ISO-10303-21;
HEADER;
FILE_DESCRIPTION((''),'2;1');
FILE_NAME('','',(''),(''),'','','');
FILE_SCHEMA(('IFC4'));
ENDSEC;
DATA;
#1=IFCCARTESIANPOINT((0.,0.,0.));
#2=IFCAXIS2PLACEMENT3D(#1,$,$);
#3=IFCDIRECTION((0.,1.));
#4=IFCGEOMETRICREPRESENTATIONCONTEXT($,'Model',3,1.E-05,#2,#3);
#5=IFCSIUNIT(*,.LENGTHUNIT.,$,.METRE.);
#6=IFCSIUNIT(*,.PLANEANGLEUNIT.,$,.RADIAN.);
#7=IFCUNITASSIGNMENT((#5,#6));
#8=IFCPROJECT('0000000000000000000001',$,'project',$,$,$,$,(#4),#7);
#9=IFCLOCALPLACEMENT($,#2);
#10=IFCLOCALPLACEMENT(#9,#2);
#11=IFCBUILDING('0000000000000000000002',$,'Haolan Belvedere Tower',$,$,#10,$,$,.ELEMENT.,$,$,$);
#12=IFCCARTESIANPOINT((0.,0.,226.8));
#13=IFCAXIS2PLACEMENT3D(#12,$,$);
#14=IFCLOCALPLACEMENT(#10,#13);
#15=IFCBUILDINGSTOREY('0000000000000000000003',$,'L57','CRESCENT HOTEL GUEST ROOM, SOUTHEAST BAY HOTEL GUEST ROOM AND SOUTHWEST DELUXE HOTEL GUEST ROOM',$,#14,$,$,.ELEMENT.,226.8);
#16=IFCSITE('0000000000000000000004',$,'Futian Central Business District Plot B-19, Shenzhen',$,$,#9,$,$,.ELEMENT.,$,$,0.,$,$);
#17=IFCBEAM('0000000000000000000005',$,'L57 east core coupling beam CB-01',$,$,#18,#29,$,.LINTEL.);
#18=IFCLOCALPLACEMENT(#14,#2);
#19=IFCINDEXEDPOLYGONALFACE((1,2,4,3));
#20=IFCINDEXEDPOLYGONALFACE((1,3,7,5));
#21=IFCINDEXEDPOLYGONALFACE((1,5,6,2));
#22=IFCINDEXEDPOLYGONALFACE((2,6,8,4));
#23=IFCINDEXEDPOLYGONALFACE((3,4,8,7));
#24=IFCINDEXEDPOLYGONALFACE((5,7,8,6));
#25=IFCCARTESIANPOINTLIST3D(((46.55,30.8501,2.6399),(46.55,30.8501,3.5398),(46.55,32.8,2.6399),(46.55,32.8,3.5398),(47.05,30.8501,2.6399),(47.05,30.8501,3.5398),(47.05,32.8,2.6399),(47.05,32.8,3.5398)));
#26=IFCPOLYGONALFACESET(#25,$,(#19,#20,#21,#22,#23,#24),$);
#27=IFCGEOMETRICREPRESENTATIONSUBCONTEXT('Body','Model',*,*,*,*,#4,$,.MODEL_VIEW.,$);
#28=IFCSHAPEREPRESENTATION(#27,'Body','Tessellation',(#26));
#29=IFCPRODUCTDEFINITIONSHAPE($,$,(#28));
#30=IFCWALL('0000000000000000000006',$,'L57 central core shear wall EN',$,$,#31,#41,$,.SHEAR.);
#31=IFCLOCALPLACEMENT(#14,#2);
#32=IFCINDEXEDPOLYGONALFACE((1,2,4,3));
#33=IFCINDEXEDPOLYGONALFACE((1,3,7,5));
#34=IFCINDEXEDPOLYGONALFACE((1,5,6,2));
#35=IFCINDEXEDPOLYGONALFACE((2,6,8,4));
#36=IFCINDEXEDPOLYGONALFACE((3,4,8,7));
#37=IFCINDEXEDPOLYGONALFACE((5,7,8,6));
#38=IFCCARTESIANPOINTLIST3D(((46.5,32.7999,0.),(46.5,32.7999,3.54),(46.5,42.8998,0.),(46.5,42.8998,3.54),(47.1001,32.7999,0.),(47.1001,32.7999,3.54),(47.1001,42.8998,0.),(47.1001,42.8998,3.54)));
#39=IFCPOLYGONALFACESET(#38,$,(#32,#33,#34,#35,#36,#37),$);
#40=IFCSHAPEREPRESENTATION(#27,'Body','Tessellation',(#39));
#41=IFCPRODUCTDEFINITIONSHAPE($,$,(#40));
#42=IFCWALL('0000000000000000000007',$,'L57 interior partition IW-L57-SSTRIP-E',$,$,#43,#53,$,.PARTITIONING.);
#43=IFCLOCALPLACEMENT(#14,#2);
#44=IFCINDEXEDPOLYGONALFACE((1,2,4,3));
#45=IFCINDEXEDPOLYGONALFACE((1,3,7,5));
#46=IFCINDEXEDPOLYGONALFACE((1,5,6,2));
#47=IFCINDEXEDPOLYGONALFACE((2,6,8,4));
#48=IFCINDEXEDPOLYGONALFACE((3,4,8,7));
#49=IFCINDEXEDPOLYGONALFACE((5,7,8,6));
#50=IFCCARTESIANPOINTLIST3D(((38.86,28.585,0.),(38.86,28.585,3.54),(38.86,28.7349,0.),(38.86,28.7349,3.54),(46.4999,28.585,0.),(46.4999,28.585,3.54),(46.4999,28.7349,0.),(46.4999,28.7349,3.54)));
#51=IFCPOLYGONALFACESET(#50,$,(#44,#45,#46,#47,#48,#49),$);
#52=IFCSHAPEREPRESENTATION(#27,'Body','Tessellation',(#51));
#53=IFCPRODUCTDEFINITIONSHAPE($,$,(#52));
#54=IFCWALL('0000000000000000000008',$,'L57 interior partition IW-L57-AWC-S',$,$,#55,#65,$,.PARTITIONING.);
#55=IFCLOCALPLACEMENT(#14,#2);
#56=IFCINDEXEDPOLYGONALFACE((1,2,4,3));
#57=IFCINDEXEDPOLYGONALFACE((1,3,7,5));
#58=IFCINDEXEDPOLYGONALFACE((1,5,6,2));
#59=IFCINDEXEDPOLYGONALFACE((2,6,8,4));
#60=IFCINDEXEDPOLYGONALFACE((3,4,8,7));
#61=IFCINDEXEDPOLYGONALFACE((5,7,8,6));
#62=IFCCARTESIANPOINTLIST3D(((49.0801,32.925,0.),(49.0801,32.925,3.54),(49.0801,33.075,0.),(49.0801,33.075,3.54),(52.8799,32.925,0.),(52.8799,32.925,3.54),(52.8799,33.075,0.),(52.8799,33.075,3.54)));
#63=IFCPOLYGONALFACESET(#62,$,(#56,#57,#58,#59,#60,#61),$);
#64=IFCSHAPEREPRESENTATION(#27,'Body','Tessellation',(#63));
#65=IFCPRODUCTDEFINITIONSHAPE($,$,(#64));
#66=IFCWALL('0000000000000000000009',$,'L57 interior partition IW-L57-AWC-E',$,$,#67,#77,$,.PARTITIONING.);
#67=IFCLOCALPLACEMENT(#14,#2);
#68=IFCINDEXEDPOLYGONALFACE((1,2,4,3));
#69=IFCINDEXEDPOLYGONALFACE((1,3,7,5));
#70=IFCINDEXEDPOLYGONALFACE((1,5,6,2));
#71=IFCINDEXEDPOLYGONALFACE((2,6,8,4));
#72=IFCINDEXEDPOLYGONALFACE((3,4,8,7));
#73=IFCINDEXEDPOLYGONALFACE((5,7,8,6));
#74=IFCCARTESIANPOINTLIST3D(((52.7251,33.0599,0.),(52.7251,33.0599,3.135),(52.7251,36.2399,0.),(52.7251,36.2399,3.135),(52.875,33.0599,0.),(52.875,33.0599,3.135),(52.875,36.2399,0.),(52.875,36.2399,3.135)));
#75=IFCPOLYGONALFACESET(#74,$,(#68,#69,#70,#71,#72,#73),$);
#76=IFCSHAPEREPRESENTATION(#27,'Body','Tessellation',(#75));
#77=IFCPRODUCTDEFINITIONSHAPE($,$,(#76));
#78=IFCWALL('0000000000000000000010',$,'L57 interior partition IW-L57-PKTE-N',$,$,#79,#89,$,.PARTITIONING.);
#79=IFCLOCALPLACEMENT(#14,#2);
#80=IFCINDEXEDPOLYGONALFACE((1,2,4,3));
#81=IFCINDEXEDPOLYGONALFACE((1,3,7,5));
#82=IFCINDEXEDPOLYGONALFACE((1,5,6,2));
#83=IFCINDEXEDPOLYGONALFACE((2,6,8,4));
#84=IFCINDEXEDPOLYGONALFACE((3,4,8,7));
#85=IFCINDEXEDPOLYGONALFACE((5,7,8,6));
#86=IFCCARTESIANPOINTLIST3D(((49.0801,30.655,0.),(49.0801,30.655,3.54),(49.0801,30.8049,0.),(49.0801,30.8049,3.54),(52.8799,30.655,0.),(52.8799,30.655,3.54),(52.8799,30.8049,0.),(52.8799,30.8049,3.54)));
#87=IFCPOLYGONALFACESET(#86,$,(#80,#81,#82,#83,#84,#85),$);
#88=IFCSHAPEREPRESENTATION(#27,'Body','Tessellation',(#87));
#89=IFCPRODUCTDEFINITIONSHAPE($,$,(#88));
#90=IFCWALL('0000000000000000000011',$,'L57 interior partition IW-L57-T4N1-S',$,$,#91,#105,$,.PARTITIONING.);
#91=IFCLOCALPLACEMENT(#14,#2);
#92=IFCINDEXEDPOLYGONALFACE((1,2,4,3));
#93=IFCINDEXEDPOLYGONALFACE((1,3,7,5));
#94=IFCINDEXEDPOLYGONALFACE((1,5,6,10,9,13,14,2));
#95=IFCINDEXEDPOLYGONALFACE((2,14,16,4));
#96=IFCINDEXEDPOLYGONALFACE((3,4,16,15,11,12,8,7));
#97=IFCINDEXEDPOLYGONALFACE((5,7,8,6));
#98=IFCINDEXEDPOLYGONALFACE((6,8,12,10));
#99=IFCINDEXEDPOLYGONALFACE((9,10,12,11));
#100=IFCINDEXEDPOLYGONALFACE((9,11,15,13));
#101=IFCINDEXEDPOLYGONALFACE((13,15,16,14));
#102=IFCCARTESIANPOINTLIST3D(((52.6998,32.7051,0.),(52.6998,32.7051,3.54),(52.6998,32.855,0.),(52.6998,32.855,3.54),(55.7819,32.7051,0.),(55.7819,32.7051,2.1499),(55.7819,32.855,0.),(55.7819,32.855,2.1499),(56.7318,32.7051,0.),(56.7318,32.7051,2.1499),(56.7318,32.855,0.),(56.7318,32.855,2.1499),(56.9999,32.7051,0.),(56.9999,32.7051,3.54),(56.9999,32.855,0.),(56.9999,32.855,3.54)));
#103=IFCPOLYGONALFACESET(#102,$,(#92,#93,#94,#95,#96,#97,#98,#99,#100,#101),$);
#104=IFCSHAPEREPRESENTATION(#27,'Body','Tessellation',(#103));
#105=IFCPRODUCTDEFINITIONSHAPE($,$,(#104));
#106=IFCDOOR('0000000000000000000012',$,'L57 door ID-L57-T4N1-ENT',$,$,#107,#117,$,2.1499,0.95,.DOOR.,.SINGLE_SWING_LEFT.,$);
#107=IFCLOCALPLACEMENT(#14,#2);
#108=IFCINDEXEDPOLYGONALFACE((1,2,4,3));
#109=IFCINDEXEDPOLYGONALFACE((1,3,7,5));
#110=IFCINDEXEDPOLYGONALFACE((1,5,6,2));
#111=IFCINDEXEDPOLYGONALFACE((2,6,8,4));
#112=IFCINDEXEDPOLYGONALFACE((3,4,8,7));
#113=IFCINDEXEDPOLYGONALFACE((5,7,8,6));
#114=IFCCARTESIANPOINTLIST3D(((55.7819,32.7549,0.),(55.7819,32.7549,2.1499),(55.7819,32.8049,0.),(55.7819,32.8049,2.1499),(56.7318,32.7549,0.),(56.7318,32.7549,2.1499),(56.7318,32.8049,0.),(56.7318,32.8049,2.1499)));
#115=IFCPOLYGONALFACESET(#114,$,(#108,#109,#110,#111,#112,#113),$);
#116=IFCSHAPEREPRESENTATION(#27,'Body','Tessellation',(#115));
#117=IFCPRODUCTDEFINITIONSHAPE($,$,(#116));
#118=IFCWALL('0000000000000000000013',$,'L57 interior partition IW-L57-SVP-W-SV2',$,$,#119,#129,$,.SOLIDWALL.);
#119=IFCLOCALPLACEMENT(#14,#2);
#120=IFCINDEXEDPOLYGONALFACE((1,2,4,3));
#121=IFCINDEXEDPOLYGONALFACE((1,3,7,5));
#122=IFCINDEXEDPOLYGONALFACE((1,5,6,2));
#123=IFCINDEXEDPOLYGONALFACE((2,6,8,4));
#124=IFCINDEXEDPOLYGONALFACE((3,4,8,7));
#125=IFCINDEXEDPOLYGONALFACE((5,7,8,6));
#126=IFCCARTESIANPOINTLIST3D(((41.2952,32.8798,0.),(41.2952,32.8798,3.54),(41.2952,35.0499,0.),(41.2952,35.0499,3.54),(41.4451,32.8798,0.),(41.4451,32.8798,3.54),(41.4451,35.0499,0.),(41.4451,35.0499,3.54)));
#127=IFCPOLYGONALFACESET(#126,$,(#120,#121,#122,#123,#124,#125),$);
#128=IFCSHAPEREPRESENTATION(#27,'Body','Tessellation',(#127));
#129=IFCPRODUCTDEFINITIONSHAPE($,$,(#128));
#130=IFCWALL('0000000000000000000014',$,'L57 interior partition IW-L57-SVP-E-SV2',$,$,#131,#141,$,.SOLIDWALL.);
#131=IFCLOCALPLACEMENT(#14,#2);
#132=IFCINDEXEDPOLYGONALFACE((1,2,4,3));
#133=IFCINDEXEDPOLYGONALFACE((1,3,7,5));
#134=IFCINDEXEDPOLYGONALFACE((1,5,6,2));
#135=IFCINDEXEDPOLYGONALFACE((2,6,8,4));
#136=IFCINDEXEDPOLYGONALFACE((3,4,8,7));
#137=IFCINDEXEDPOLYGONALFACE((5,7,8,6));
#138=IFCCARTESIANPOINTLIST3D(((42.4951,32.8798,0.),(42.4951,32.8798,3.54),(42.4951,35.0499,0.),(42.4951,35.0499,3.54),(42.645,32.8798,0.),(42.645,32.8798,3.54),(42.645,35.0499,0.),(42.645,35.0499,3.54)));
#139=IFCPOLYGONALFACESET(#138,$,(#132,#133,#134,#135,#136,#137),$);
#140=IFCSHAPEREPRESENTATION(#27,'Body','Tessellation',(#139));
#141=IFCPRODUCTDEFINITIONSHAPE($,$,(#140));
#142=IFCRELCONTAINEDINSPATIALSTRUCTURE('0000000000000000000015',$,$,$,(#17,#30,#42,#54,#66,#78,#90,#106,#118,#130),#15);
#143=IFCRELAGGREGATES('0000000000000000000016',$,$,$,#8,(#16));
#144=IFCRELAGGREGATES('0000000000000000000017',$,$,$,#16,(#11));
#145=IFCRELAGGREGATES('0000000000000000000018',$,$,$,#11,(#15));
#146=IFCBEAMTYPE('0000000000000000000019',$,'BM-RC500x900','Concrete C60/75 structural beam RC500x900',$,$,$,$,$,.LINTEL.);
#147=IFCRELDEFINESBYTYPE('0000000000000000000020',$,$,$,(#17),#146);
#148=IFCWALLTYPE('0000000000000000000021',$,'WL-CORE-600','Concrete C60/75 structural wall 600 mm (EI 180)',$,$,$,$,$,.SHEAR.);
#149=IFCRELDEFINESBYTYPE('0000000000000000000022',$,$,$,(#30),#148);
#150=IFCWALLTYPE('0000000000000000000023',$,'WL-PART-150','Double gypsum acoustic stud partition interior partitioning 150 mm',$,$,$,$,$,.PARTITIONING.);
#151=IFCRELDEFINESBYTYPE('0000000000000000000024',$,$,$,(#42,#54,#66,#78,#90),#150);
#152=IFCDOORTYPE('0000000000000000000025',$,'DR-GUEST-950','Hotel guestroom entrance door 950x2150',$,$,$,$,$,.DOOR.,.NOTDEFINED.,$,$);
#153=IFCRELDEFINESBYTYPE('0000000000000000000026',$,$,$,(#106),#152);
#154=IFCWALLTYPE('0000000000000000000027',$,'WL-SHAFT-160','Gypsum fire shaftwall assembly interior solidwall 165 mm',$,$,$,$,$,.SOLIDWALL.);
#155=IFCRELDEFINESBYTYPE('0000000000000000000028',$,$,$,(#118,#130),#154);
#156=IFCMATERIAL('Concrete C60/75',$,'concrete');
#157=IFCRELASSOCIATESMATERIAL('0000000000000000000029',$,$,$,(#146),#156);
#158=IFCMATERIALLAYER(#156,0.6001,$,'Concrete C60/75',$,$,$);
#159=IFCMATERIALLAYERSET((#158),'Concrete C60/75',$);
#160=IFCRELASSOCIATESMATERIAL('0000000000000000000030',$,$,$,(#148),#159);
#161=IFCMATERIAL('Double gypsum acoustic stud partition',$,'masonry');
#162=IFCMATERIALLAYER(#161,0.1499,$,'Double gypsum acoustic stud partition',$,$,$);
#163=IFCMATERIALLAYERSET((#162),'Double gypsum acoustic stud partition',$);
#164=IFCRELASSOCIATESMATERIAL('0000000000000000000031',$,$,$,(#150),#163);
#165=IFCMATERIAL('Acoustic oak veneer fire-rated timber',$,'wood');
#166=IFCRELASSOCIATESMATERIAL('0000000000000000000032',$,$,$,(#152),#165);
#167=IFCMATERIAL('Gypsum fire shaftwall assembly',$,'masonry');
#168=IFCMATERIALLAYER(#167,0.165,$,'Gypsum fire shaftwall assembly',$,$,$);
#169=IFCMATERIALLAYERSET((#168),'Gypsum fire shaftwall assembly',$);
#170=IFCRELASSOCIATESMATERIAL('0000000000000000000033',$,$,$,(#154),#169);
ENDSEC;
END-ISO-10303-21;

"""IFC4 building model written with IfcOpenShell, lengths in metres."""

from ifc_helpers import new_model, si_unit, direction, frame, frame_2d, origin, origin_2d, place, context, subcontext, project, spatial, rectangle, extrude, material, layer, layer_set, material_profile, profile_set, type_object, element, fill, save


model = new_model("IFC4")

# Units and contexts
model_context = context("Model", 3, precision=1e-05, world=origin(), true_north=direction((0.0, 1.0)))
body_context = subcontext(model_context, "Body", "Model", "MODEL_VIEW")
ifc_project = project(units=[si_unit("LENGTHUNIT", "METRE"), si_unit("PLANEANGLEUNIT", "RADIAN")], contexts=[model_context])

# Site, building, storey
site_placement = place(None, origin())
site = spatial("IfcSite", under=ifc_project, at=site_placement, Name="Futian Central Business District Plot B-19, Shenzhen", CompositionType="ELEMENT", RefElevation=0.0)
building_placement = place(site_placement, origin())
building = spatial("IfcBuilding", under=site, at=building_placement, Name="Haolan Belvedere Tower", CompositionType="ELEMENT")
storey_placement = place(building_placement, frame((0.0, 0.0, 226.8)))
storey = spatial("IfcBuildingStorey", under=building, at=storey_placement, Name="L57", Description="CRESCENT HOTEL GUEST ROOM, SOUTHEAST BAY HOTEL GUEST ROOM AND SOUTHWEST DELUXE HOTEL GUEST ROOM", CompositionType="ELEMENT", Elevation=226.8)

# Beam
ifc_material_1 = material(Name="Concrete C60/75", Category="concrete")
ifc_material_profile_1 = material_profile(ifc_material_1, rectangle(XDim=0.5, YDim=0.8999, at=origin_2d()), Name="Concrete C60/75")
ifc_profile_set_1 = profile_set([ifc_material_profile_1], Name="Concrete C60/75")
beam_type_1 = type_object("IfcBeamType", Name="BM-RC500x900", Description="Concrete C60/75 structural beam RC500x900", PredefinedType="LINTEL", material=ifc_profile_set_1)
beam_1_placement = place(storey_placement, frame((46.8, 30.8501, 3.0898), z_axis=(0.0, 1.0, 0.0), x_axis=(-1.0, 0.0, 0.0)))
element("IfcBeam", 1, at=beam_1_placement, inside=storey, type_object=beam_type_1, Name="L57 east core coupling beam CB-01", PredefinedType="LINTEL", context=body_context, shape_type="SweptSolid", body=[
    extrude(rectangle(XDim=0.5, YDim=0.8999, at=origin_2d()), origin(), (0.0, 0.0, 1.0), 1.95),
])

# Walls
ifc_layer_1 = layer(ifc_material_1, 0.6001, Name="Concrete C60/75")
ifc_layer_set_1 = layer_set([ifc_layer_1], Name="Concrete C60/75")
wall_type_1 = type_object("IfcWallType", Name="WL-CORE-600", Description="Concrete C60/75 structural wall 600 mm (EI 180)", PredefinedType="SHEAR", material=ifc_layer_set_1)
wall_1_placement = place(storey_placement, frame((46.8, 32.8, 0.0), z_axis=(0.0, 0.0, 1.0), x_axis=(0.0, 1.0, 0.0)))
element("IfcWall", 2, at=wall_1_placement, inside=storey, type_object=wall_type_1, Name="L57 central core shear wall EN", PredefinedType="SHEAR", context=body_context, shape_type="SweptSolid", body=[
    extrude(rectangle(XDim=10.0999, YDim=0.6001, at=frame_2d((5.0498, 0.0))), origin(), (0.0, 0.0, 1.0), 3.54),
])
ifc_material_2 = material(Name="Double gypsum acoustic stud partition", Category="masonry")
ifc_layer_2 = layer(ifc_material_2, 0.1499, Name="Double gypsum acoustic stud partition")
ifc_layer_set_2 = layer_set([ifc_layer_2], Name="Double gypsum acoustic stud partition")
wall_type_2 = type_object("IfcWallType", Name="WL-PART-150", Description="Double gypsum acoustic stud partition interior partitioning 150 mm", PredefinedType="PARTITIONING", material=ifc_layer_set_2)
wall_2_placement = place(storey_placement, frame((38.8601, 28.6599, 0.0), z_axis=(0.0, 0.0, 1.0), x_axis=(1.0, 0.0, 0.0)))
element("IfcWall", 3, at=wall_2_placement, inside=storey, type_object=wall_type_2, Name="L57 interior partition IW-L57-SSTRIP-E", PredefinedType="PARTITIONING", context=body_context, shape_type="SweptSolid", body=[
    extrude(rectangle(XDim=7.6399, YDim=0.1499, at=frame_2d((3.8198, 0.0))), origin(), (0.0, 0.0, 1.0), 3.54),
])
wall_3_placement = place(storey_placement, frame((49.0801, 33.0, 0.0), z_axis=(0.0, 0.0, 1.0), x_axis=(1.0, 0.0, 0.0)))
element("IfcWall", 4, at=wall_3_placement, inside=storey, type_object=wall_type_2, Name="L57 interior partition IW-L57-AWC-S", PredefinedType="PARTITIONING", context=body_context, shape_type="SweptSolid", body=[
    extrude(rectangle(XDim=3.7998, YDim=0.1499, at=frame_2d((1.8999, 0.0))), origin(), (0.0, 0.0, 1.0), 3.54),
])

# Walls
wall_4_placement = place(storey_placement, frame((52.8, 33.0601, 0.0), z_axis=(0.0, 0.0, 1.0), x_axis=(0.0, 1.0, 0.0)))
element("IfcWall", 5, at=wall_4_placement, inside=storey, type_object=wall_type_2, Name="L57 interior partition IW-L57-AWC-E", PredefinedType="PARTITIONING", context=body_context, shape_type="SweptSolid", body=[
    extrude(rectangle(XDim=3.1799, YDim=0.1499, at=frame_2d((1.5898, 0.0))), origin(), (0.0, 0.0, 1.0), 3.135),
])
wall_5_placement = place(storey_placement, frame((49.0801, 30.73, 0.0), z_axis=(0.0, 0.0, 1.0), x_axis=(1.0, 0.0, 0.0)))
element("IfcWall", 6, at=wall_5_placement, inside=storey, type_object=wall_type_2, Name="L57 interior partition IW-L57-PKTE-N", PredefinedType="PARTITIONING", context=body_context, shape_type="SweptSolid", body=[
    extrude(rectangle(XDim=3.7998, YDim=0.1499, at=frame_2d((1.8999, 0.0))), origin(), (0.0, 0.0, 1.0), 3.54),
])

# Wall, opening, door
wall_6_placement = place(storey_placement, frame((52.7, 32.78, 0.0), z_axis=(0.0, 0.0, 1.0), x_axis=(1.0, 0.0, 0.0)))
wall_6 = element("IfcWall", 7, at=wall_6_placement, inside=storey, type_object=wall_type_2, Name="L57 interior partition IW-L57-T4N1-S", PredefinedType="PARTITIONING", context=body_context, shape_type="SweptSolid", body=[
    extrude(rectangle(XDim=4.3, YDim=0.1499, at=frame_2d((2.1499, 0.0))), origin(), (0.0, 0.0, 1.0), 3.54),
])
opening_1_placement = place(wall_6_placement, frame((3.0818, 0.0, 0.0)))
opening_1 = element("IfcOpeningElement", 8, at=opening_1_placement, cuts=wall_6, PredefinedType="OPENING", context=body_context, shape_type="SweptSolid", body=[
    extrude(rectangle(XDim=0.95, YDim=2.1499, at=frame_2d((0.4751, 1.075))), frame((0.0, 0.085, 0.0), z_axis=(0.0, -1.0, 0.0), x_axis=(1.0, 0.0, 0.0)), (0.0, 0.0, 1.0), 0.1699),
])
ifc_material_3 = material(Name="Acoustic oak veneer fire-rated timber", Category="wood")
door_type_1 = type_object("IfcDoorType", Name="DR-GUEST-950", Description="Hotel guestroom entrance door 950x2150", OperationType="NOTDEFINED", PredefinedType="DOOR", material=ifc_material_3)
door_1_placement = place(opening_1_placement, origin())
door_1 = element("IfcDoor", 9, at=door_1_placement, inside=storey, type_object=door_type_1, Name="L57 door ID-L57-T4N1-ENT", OperationType="SINGLE_SWING_LEFT", OverallHeight=2.1499, OverallWidth=0.95, PredefinedType="DOOR", context=body_context, shape_type="SweptSolid", body=[
    extrude(rectangle(XDim=0.95, YDim=2.1499, at=frame_2d((0.4751, 1.075))), frame((0.0, 0.0249, 0.0), z_axis=(0.0, -1.0, 0.0), x_axis=(1.0, 0.0, 0.0)), (0.0, 0.0, 1.0), 0.05),
])
fill(opening_1, door_1)

# Walls
ifc_material_4 = material(Name="Gypsum fire shaftwall assembly", Category="masonry")
ifc_layer_3 = layer(ifc_material_4, 0.165, Name="Gypsum fire shaftwall assembly")
ifc_layer_set_3 = layer_set([ifc_layer_3], Name="Gypsum fire shaftwall assembly")
wall_type_3 = type_object("IfcWallType", Name="WL-SHAFT-160", Description="Gypsum fire shaftwall assembly interior solidwall 165 mm", PredefinedType="SOLIDWALL", material=ifc_layer_set_3)
for number, where, z_axis, x_axis, name in (
    (10, (41.3701, 32.8799, 0.0), (0.0, 0.0, 1.0), (0.0, 1.0, 0.0), "L57 interior partition IW-L57-SVP-W-SV2"),
    (11, (42.5701, 32.8799, 0.0), (0.0, 0.0, 1.0), (0.0, 1.0, 0.0), "L57 interior partition IW-L57-SVP-E-SV2"),
):
    element("IfcWall", number, at=place(storey_placement, frame(where, z_axis=z_axis, x_axis=x_axis)), inside=storey, type_object=wall_type_3, Name=name, PredefinedType="SOLIDWALL", context=body_context, shape_type="SweptSolid", body=[
        extrude(rectangle(XDim=2.1702, YDim=0.1499, at=frame_2d((1.085, 0.0))), origin(), (0.0, 0.0, 1.0), 3.54),
    ])

save(model, "model.ifc")
